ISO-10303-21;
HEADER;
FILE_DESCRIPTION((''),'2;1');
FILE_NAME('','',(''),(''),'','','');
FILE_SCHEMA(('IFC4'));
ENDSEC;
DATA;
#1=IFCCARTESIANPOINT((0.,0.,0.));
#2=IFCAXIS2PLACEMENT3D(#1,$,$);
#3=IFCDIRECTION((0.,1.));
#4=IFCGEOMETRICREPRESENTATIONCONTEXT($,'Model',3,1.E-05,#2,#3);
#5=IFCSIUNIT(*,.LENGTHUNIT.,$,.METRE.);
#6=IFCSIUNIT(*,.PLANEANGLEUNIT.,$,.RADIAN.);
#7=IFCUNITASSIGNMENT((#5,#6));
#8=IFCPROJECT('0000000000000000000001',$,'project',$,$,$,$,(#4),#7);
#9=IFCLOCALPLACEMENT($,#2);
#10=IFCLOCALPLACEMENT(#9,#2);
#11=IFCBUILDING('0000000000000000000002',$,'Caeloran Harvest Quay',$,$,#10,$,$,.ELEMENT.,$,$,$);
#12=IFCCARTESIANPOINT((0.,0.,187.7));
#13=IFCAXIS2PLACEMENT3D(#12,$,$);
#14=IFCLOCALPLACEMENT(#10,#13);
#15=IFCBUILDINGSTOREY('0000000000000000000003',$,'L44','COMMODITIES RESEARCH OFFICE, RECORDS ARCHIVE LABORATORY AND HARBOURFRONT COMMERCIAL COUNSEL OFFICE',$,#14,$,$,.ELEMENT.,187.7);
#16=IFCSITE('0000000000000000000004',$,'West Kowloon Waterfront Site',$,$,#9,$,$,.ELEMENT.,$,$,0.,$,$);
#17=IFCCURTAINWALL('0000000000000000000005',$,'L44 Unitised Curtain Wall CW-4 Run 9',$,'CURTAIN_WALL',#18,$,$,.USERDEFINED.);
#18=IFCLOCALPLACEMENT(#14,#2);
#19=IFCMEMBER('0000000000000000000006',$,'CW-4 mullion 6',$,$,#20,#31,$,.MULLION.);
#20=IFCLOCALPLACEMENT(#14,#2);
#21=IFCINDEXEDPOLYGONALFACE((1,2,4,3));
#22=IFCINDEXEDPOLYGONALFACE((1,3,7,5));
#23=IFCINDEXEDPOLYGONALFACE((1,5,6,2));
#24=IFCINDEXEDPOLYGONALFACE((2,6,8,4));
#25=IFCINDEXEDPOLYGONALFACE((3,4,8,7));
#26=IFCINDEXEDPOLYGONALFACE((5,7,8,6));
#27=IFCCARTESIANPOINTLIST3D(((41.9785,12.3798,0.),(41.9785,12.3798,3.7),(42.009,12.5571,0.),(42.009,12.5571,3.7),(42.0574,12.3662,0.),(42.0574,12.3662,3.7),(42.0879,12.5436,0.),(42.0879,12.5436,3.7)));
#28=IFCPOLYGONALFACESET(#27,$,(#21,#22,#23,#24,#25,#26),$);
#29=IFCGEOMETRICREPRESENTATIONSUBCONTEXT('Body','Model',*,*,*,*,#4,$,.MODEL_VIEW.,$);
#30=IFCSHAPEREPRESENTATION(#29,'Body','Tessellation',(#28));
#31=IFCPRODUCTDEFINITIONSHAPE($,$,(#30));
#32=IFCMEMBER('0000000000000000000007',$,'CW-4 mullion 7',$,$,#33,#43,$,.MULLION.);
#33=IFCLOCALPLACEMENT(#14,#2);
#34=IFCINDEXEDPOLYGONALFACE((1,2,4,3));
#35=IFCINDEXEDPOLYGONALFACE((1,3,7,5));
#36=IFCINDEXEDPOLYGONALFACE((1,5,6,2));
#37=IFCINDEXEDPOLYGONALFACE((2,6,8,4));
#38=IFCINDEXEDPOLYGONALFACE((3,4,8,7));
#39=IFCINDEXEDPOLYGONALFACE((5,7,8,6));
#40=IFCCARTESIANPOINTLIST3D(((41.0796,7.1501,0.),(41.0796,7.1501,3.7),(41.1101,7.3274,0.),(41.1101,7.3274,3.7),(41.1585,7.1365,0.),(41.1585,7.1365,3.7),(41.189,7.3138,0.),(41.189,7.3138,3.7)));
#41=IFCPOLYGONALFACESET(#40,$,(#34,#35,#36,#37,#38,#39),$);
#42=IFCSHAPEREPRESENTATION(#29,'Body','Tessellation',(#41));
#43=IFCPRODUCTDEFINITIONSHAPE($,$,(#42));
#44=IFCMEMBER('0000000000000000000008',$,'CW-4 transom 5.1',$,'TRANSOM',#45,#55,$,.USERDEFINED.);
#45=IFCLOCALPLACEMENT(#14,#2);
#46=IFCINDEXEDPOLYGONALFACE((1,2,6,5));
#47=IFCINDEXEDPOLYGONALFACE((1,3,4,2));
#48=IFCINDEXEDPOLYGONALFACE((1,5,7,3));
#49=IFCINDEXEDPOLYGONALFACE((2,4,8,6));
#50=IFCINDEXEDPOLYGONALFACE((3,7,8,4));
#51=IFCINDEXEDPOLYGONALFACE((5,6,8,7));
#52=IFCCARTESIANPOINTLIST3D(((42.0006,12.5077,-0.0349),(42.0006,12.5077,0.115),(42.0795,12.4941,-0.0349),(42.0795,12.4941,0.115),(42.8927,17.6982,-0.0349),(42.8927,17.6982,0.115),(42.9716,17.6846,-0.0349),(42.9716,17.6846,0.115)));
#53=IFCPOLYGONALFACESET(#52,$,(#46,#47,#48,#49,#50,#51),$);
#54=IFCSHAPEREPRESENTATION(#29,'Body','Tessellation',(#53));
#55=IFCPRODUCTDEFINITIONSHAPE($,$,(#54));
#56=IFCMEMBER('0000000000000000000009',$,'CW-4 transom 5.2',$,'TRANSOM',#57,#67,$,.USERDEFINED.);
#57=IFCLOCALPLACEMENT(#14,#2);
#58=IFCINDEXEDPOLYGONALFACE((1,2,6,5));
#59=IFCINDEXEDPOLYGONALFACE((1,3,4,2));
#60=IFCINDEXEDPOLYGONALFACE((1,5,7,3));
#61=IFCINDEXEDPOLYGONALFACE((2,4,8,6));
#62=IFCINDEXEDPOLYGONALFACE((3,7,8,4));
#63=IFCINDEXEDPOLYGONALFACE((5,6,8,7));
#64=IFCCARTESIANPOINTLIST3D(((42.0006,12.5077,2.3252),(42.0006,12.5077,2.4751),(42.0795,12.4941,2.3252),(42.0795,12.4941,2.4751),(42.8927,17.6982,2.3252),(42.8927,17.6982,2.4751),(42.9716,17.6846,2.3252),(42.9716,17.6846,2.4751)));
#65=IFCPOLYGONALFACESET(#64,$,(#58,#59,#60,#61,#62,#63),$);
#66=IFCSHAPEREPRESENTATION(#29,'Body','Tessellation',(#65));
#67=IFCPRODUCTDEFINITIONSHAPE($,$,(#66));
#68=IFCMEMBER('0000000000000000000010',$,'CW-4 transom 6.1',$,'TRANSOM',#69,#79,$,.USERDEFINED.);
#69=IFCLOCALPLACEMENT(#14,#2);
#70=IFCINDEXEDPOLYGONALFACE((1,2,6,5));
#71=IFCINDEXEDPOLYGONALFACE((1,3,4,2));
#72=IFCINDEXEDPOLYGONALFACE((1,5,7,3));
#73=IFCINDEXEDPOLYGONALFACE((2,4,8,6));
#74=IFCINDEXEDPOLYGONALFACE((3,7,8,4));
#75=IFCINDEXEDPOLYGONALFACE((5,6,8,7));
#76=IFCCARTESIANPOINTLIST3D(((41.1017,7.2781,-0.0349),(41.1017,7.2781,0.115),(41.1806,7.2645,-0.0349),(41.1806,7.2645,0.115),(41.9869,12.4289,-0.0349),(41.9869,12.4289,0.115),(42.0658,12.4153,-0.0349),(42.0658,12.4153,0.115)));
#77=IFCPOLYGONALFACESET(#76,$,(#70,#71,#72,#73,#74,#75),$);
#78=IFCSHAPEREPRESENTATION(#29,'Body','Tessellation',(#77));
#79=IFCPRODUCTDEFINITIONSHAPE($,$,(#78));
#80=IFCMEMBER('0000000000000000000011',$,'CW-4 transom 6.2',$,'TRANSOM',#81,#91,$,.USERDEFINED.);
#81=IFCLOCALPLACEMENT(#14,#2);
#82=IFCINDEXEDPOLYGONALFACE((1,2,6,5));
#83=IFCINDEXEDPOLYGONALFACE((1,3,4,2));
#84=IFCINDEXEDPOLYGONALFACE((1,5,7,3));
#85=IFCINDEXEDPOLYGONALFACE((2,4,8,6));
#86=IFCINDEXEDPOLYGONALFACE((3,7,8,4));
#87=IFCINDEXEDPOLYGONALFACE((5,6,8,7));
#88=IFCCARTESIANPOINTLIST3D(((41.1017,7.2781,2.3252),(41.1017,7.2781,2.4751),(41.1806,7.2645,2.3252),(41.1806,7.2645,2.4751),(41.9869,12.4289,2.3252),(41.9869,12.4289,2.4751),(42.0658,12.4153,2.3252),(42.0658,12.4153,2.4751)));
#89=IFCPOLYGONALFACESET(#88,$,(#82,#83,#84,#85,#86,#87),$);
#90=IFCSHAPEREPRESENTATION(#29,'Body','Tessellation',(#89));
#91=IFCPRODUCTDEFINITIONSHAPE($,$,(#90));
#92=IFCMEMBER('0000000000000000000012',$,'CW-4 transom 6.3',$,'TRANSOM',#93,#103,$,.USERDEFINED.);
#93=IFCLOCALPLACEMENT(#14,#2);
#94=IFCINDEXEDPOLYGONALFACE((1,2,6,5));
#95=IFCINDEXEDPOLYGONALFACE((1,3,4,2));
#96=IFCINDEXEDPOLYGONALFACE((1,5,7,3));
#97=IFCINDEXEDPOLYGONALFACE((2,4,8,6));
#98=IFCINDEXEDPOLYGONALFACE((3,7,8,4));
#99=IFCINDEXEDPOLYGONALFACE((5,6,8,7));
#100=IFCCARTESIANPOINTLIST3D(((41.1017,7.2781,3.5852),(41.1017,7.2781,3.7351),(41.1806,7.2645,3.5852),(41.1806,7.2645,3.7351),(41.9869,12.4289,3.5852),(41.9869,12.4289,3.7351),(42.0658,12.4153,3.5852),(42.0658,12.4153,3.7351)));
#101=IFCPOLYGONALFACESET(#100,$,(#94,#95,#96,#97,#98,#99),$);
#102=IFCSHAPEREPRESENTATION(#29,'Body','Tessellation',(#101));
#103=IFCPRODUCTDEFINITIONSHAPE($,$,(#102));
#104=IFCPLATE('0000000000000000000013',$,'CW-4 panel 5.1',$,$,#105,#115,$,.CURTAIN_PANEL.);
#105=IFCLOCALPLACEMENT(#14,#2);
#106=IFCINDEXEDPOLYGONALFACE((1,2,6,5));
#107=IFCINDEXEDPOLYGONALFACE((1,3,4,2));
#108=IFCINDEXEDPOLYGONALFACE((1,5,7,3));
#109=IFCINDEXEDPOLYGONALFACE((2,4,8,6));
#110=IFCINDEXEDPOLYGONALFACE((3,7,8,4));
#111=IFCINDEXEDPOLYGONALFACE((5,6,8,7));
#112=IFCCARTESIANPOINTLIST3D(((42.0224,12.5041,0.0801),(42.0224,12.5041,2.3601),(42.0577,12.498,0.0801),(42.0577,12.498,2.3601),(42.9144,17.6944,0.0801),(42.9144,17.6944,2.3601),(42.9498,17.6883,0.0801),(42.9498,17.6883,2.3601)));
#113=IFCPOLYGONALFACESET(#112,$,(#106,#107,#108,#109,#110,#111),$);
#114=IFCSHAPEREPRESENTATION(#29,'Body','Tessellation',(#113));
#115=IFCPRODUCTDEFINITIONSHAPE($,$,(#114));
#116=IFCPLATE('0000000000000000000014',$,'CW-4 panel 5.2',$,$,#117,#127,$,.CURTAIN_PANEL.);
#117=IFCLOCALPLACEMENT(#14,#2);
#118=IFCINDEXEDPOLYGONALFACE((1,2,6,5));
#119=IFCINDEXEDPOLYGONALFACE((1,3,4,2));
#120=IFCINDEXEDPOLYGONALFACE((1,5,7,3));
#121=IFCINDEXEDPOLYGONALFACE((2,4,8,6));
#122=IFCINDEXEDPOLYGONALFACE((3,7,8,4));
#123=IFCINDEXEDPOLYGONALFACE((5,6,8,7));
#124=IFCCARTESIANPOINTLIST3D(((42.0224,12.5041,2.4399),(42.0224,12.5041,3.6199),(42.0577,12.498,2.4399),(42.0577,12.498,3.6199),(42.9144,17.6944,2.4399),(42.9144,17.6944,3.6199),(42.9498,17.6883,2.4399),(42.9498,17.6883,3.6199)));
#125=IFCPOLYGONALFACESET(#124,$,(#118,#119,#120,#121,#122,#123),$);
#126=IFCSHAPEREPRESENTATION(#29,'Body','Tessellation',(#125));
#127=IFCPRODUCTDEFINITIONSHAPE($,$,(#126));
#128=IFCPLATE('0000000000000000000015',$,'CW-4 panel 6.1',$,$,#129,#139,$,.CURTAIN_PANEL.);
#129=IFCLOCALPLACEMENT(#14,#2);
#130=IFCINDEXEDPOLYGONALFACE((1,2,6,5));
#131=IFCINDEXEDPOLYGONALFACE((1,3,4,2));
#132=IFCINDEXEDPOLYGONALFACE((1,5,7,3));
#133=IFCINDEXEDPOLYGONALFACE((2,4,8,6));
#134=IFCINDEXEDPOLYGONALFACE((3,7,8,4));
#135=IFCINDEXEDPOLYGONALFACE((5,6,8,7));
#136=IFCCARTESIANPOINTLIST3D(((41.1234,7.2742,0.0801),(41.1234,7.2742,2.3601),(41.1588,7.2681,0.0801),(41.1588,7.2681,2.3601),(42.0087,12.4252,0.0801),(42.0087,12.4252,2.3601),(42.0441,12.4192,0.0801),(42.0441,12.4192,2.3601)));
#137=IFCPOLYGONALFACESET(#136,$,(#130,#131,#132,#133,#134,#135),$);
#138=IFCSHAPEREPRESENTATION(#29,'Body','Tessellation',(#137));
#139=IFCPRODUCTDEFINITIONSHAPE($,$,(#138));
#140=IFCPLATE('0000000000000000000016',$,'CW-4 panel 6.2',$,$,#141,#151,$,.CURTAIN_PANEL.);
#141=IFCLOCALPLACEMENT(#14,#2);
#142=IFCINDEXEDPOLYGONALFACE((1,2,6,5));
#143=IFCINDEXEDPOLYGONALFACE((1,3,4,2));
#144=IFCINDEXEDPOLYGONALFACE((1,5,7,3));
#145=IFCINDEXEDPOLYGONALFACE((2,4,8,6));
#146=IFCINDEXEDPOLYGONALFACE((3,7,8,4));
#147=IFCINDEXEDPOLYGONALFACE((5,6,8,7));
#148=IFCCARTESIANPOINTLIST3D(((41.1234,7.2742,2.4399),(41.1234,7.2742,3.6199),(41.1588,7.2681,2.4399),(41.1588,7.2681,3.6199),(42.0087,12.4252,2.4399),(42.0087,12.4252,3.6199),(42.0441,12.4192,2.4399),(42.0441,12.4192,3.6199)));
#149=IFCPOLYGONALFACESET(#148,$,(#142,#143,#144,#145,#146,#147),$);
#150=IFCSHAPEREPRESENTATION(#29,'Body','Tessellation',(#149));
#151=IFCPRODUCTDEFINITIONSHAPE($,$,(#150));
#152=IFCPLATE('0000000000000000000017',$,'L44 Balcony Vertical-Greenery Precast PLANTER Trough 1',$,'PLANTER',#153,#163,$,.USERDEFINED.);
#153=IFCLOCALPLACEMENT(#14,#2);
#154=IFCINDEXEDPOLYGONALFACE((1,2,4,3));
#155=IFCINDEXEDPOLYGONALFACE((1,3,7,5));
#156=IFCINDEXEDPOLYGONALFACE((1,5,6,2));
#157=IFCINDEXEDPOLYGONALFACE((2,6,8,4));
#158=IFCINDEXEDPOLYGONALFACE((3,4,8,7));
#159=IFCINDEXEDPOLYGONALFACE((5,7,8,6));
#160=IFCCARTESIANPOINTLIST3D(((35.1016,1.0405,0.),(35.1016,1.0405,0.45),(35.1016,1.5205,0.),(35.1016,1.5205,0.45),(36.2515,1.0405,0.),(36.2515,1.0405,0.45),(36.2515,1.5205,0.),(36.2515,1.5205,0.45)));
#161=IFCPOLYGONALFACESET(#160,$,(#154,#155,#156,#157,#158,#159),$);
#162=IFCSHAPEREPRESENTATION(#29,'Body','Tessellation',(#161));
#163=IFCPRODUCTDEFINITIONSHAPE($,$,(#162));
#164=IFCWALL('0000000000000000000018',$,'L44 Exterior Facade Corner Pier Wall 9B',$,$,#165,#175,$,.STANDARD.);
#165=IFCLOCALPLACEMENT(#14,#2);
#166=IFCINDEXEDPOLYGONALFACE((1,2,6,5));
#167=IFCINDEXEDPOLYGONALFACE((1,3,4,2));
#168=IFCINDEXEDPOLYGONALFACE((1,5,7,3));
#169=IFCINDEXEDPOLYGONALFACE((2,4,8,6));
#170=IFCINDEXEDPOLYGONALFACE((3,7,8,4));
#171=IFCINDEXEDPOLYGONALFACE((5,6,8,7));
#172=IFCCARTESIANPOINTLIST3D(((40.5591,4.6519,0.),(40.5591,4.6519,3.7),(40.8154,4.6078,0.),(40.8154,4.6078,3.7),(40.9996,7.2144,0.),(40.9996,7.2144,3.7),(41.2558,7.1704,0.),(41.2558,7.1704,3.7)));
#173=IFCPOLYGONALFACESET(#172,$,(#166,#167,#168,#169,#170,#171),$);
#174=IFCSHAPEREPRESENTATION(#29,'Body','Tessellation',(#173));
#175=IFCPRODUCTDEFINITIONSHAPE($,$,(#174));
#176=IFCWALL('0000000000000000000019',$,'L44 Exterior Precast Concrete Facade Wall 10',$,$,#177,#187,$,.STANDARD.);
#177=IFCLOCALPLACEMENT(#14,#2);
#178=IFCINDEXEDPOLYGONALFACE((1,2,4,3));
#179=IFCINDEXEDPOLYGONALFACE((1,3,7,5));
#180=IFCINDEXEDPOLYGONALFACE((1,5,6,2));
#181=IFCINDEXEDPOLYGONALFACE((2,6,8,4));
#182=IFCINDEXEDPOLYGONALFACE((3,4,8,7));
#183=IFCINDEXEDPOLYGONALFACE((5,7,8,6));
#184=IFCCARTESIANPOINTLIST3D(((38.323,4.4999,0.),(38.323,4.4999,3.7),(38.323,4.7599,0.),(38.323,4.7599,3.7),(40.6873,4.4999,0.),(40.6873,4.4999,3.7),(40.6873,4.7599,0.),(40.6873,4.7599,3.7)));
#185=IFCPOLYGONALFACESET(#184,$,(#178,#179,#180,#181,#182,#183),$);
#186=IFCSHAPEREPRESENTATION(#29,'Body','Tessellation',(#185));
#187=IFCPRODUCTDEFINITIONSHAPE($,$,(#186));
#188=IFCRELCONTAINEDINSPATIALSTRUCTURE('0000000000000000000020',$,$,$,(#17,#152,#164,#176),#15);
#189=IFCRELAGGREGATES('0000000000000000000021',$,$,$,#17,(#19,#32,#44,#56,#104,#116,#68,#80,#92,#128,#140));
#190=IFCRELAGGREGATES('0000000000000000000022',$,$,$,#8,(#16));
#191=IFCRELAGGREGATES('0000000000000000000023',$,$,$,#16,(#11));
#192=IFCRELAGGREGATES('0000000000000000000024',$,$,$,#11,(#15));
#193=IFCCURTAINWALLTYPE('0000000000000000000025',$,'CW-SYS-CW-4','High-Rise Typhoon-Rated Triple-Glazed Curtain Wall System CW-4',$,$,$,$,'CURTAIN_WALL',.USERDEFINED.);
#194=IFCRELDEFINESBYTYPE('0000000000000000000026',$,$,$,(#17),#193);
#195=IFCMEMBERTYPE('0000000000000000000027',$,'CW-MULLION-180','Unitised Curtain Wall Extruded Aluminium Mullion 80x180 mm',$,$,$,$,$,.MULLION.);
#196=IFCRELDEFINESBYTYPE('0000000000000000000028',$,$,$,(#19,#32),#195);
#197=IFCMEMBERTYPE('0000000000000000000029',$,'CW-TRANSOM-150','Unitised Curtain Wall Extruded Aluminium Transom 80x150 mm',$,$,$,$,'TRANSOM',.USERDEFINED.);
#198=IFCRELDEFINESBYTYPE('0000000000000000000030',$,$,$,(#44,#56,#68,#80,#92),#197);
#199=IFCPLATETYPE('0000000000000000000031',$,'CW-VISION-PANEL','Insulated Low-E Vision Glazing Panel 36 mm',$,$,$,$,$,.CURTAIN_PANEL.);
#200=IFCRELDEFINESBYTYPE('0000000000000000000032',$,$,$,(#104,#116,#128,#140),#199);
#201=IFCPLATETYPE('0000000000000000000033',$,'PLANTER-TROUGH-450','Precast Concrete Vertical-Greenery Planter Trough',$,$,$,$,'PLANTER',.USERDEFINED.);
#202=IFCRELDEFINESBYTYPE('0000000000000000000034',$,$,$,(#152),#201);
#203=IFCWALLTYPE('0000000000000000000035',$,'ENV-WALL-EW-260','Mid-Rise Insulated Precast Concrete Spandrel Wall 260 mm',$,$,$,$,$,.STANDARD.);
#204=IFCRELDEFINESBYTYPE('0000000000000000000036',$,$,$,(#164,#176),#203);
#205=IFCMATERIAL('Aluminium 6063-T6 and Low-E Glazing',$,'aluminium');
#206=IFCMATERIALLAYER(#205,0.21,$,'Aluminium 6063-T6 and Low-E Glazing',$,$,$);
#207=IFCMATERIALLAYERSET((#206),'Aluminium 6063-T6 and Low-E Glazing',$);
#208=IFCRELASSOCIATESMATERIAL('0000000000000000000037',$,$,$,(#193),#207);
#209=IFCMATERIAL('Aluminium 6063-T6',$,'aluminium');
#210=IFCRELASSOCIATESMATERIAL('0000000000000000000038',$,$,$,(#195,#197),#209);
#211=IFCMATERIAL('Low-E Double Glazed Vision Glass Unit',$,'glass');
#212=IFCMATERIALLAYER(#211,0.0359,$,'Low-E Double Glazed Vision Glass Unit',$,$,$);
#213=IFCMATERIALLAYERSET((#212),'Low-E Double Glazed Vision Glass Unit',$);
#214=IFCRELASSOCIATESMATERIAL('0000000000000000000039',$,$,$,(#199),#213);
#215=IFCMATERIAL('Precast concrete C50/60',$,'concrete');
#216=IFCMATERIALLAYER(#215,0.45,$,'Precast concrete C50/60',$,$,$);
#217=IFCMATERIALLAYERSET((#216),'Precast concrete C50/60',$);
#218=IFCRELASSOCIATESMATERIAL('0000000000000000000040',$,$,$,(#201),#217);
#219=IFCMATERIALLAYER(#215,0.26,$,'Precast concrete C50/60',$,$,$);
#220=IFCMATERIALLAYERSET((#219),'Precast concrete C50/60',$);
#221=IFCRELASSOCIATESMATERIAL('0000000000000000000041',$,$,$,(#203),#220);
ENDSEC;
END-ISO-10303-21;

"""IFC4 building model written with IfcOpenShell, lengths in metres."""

from ifc_helpers import new_model, si_unit, direction, frame, frame_2d, origin, origin_2d, place, context, subcontext, project, spatial, rectangle, extrude, material, layer, layer_set, material_profile, profile_set, type_object, element, aggregate, save


model = new_model("IFC4")

# Units and contexts
model_context = context("Model", 3, precision=1e-05, world=origin(), true_north=direction((0.0, 1.0)))
body_context = subcontext(model_context, "Body", "Model", "MODEL_VIEW")
ifc_project = project(units=[si_unit("LENGTHUNIT", "METRE"), si_unit("PLANEANGLEUNIT", "RADIAN")], contexts=[model_context])

# Site, building, storey
site_placement = place(None, origin())
site = spatial("IfcSite", under=ifc_project, at=site_placement, Name="West Kowloon Waterfront Site", CompositionType="ELEMENT", RefElevation=0.0)
building_placement = place(site_placement, origin())
building = spatial("IfcBuilding", under=site, at=building_placement, Name="Caeloran Harvest Quay", CompositionType="ELEMENT")
storey_placement = place(building_placement, frame((0.0, 0.0, 187.7)))
storey = spatial("IfcBuildingStorey", under=building, at=storey_placement, Name="L44", Description="COMMODITIES RESEARCH OFFICE, RECORDS ARCHIVE LABORATORY AND HARBOURFRONT COMMERCIAL COUNSEL OFFICE", CompositionType="ELEMENT", Elevation=187.7)

# Curtain wall, members, plates
ifc_material_1 = material(Name="Aluminium 6063-T6 and Low-E Glazing", Category="aluminium")
ifc_layer_1 = layer(ifc_material_1, 0.21, Name="Aluminium 6063-T6 and Low-E Glazing")
ifc_layer_set_1 = layer_set([ifc_layer_1], Name="Aluminium 6063-T6 and Low-E Glazing")
curtain_wall_type = type_object("IfcCurtainWallType", Name="CW-SYS-CW-4", Description="High-Rise Typhoon-Rated Triple-Glazed Curtain Wall System CW-4", ElementType="CURTAIN_WALL", PredefinedType="USERDEFINED", material=ifc_layer_set_1)
curtain_wall_placement = place(storey_placement, origin())
curtain_wall = element("IfcCurtainWall", 1, at=curtain_wall_placement, inside=storey, type_object=curtain_wall_type, Name="L44 Unitised Curtain Wall CW-4 Run 9", ObjectType="CURTAIN_WALL", PredefinedType="USERDEFINED")
ifc_material_2 = material(Name="Aluminium 6063-T6", Category="aluminium")
ifc_material_profile_1 = material_profile(ifc_material_2, rectangle(XDim=0.0801, YDim=0.1799, at=origin_2d()), Name="CW-MULLION-180")
ifc_profile_set_1 = profile_set([ifc_material_profile_1], Name="Aluminium 6063-T6")
member_type_1 = type_object("IfcMemberType", Name="CW-MULLION-180", Description="Unitised Curtain Wall Extruded Aluminium Mullion 80x180 mm", PredefinedType="MULLION", material=ifc_profile_set_1)
member_1_placement = place(storey_placement, frame((42.0332, 12.4617, 0.0), z_axis=(0.0, 0.0, 1.0), x_axis=(0.985549, -0.169392, 0.0)))
member_1 = element("IfcMember", 2, at=member_1_placement, type_object=member_type_1, Name="CW-4 mullion 6", PredefinedType="MULLION", context=body_context, shape_type="SweptSolid", body=[
    extrude(rectangle(XDim=0.0801, YDim=0.1799, at=origin_2d()), origin(), (0.0, 0.0, 1.0), 3.7),
])
member_2_placement = place(storey_placement, frame((41.1343, 7.2319, 0.0), z_axis=(0.0, 0.0, 1.0), x_axis=(0.985549, -0.169392, 0.0)))
member_2 = element("IfcMember", 3, at=member_2_placement, type_object=member_type_1, Name="CW-4 mullion 7", PredefinedType="MULLION", context=body_context, shape_type="SweptSolid", body=[
    extrude(rectangle(XDim=0.0801, YDim=0.1799, at=origin_2d()), origin(), (0.0, 0.0, 1.0), 3.7),
])
ifc_material_profile_2 = material_profile(ifc_material_2, rectangle(XDim=0.0801, YDim=0.1499, at=origin_2d()), Name="CW-TRANSOM-150")
ifc_profile_set_2 = profile_set([ifc_material_profile_2], Name="Aluminium 6063-T6")
member_type_2 = type_object("IfcMemberType", Name="CW-TRANSOM-150", Description="Unitised Curtain Wall Extruded Aluminium Transom 80x150 mm", ElementType="TRANSOM", PredefinedType="USERDEFINED", material=ifc_profile_set_2)
member_3_placement = place(storey_placement, frame((42.9321, 17.6914, 0.04), z_axis=(-0.169388, -0.985549, 0.0), x_axis=(0.985549, -0.169388, 0.0)))
member_3 = element("IfcMember", 4, at=member_3_placement, type_object=member_type_2, Name="CW-4 transom 5.1", ObjectType="TRANSOM", PredefinedType="USERDEFINED", context=body_context, shape_type="SweptSolid", body=[
    extrude(rectangle(XDim=0.0801, YDim=0.1499, at=origin_2d()), origin(), (0.0, 0.0, 1.0), 5.2666),
])
member_4_placement = place(storey_placement, frame((42.9321, 17.6914, 2.4001), z_axis=(-0.169388, -0.985549, 0.0), x_axis=(0.985549, -0.169388, 0.0)))
member_4 = element("IfcMember", 5, at=member_4_placement, type_object=member_type_2, Name="CW-4 transom 5.2", ObjectType="TRANSOM", PredefinedType="USERDEFINED", context=body_context, shape_type="SweptSolid", body=[
    extrude(rectangle(XDim=0.0801, YDim=0.1499, at=origin_2d()), origin(), (0.0, 0.0, 1.0), 5.2666),
])
member_5_placement = place(storey_placement, frame((42.0264, 12.4221, 0.04), z_axis=(-0.169381, -0.985551, 0.0), x_axis=(0.985551, -0.169381, 0.0)))
member_5 = element("IfcMember", 6, at=member_5_placement, type_object=member_type_2, Name="CW-4 transom 6.1", ObjectType="TRANSOM", PredefinedType="USERDEFINED", context=body_context, shape_type="SweptSolid", body=[
    extrude(rectangle(XDim=0.0801, YDim=0.1499, at=origin_2d()), origin(), (0.0, 0.0, 1.0), 5.2263),
])
member_6_placement = place(storey_placement, frame((42.0264, 12.4221, 2.4001), z_axis=(-0.169381, -0.985551, 0.0), x_axis=(0.985551, -0.169381, 0.0)))
member_6 = element("IfcMember", 7, at=member_6_placement, type_object=member_type_2, Name="CW-4 transom 6.2", ObjectType="TRANSOM", PredefinedType="USERDEFINED", context=body_context, shape_type="SweptSolid", body=[
    extrude(rectangle(XDim=0.0801, YDim=0.1499, at=origin_2d()), origin(), (0.0, 0.0, 1.0), 5.2263),
])
member_7_placement = place(storey_placement, frame((42.0264, 12.4221, 3.6602), z_axis=(-0.169381, -0.985551, 0.0), x_axis=(0.985551, -0.169381, 0.0)))
member_7 = element("IfcMember", 8, at=member_7_placement, type_object=member_type_2, Name="CW-4 transom 6.3", ObjectType="TRANSOM", PredefinedType="USERDEFINED", context=body_context, shape_type="SweptSolid", body=[
    extrude(rectangle(XDim=0.0801, YDim=0.1499, at=origin_2d()), origin(), (0.0, 0.0, 1.0), 5.2263),
])
ifc_material_3 = material(Name="Low-E Double Glazed Vision Glass Unit", Category="glass")
ifc_layer_2 = layer(ifc_material_3, 0.0359, Name="Low-E Double Glazed Vision Glass Unit")
ifc_layer_set_2 = layer_set([ifc_layer_2], Name="Low-E Double Glazed Vision Glass Unit")
plate_type_1 = type_object("IfcPlateType", Name="CW-VISION-PANEL", Description="Insulated Low-E Vision Glazing Panel 36 mm", PredefinedType="CURTAIN_PANEL", material=ifc_layer_set_2)
plate_1_placement = place(storey_placement, frame((42.4861, 15.0962, 0.0801), z_axis=(0.0, 0.0, 1.0), x_axis=(-0.169392, -0.985549, 0.0)))
plate_1 = element("IfcPlate", 9, at=plate_1_placement, type_object=plate_type_1, Name="CW-4 panel 5.1", PredefinedType="CURTAIN_PANEL", context=body_context, shape_type="SweptSolid", body=[
    extrude(rectangle(XDim=5.2664, YDim=0.0359, at=origin_2d()), origin(), (0.0, 0.0, 1.0), 2.28),
])
plate_2_placement = place(storey_placement, frame((42.4861, 15.0962, 2.4399), z_axis=(0.0, 0.0, 1.0), x_axis=(-0.169392, -0.985549, 0.0)))
plate_2 = element("IfcPlate", 10, at=plate_2_placement, type_object=plate_type_1, Name="CW-4 panel 5.2", PredefinedType="CURTAIN_PANEL", context=body_context, shape_type="SweptSolid", body=[
    extrude(rectangle(XDim=5.2664, YDim=0.0359, at=origin_2d()), origin(), (0.0, 0.0, 1.0), 1.1799),
])
plate_3_placement = place(storey_placement, frame((41.5837, 9.8467, 0.0801), z_axis=(0.0, 0.0, 1.0), x_axis=(-0.169392, -0.985549, 0.0)))
plate_3 = element("IfcPlate", 11, at=plate_3_placement, type_object=plate_type_1, Name="CW-4 panel 6.1", PredefinedType="CURTAIN_PANEL", context=body_context, shape_type="SweptSolid", body=[
    extrude(rectangle(XDim=5.2266, YDim=0.0359, at=origin_2d()), origin(), (0.0, 0.0, 1.0), 2.28),
])
plate_4_placement = place(storey_placement, frame((41.5837, 9.8467, 2.4399), z_axis=(0.0, 0.0, 1.0), x_axis=(-0.169392, -0.985549, 0.0)))
plate_4 = element("IfcPlate", 12, at=plate_4_placement, type_object=plate_type_1, Name="CW-4 panel 6.2", PredefinedType="CURTAIN_PANEL", context=body_context, shape_type="SweptSolid", body=[
    extrude(rectangle(XDim=5.2266, YDim=0.0359, at=origin_2d()), origin(), (0.0, 0.0, 1.0), 1.1799),
])
aggregate(curtain_wall, [member_1, member_2, member_3, member_4, plate_1, plate_2, member_5, member_6, member_7, plate_3, plate_4])

# Plate
ifc_material_4 = material(Name="Precast concrete C50/60", Category="concrete")
ifc_layer_3 = layer(ifc_material_4, 0.45, Name="Precast concrete C50/60")
ifc_layer_set_3 = layer_set([ifc_layer_3], Name="Precast concrete C50/60")
plate_type_2 = type_object("IfcPlateType", Name="PLANTER-TROUGH-450", Description="Precast Concrete Vertical-Greenery Planter Trough", ElementType="PLANTER", PredefinedType="USERDEFINED", material=ifc_layer_set_3)
plate_5_placement = place(storey_placement, frame((35.6765, 1.2805, 0.0), z_axis=(0.0, 0.0, 1.0), x_axis=(1.0, 0.0, 0.0)))
element("IfcPlate", 13, at=plate_5_placement, inside=storey, type_object=plate_type_2, Name="L44 Balcony Vertical-Greenery Precast PLANTER Trough 1", ObjectType="PLANTER", PredefinedType="USERDEFINED", context=body_context, shape_type="SweptSolid", body=[
    extrude(rectangle(XDim=1.1499, YDim=0.48, at=origin_2d()), origin(), (0.0, 0.0, 1.0), 0.45),
])

# Walls
ifc_layer_4 = layer(ifc_material_4, 0.26, Name="Precast concrete C50/60")
ifc_layer_set_4 = layer_set([ifc_layer_4], Name="Precast concrete C50/60")
wall_type = type_object("IfcWallType", Name="ENV-WALL-EW-260", Description="Mid-Rise Insulated Precast Concrete Spandrel Wall 260 mm", PredefinedType="STANDARD", material=ifc_layer_set_4)
wall_1_placement = place(storey_placement, frame((41.1277, 7.1924, 0.0), z_axis=(0.0, 0.0, 1.0), x_axis=(-0.169391, -0.985549, 0.0)))
element("IfcWall", 14, at=wall_1_placement, inside=storey, type_object=wall_type, Name="L44 Exterior Facade Corner Pier Wall 9B", PredefinedType="STANDARD", context=body_context, shape_type="SweptSolid", body=[
    extrude(rectangle(XDim=2.6001, YDim=0.26, at=frame_2d((1.3, 0.0))), origin(), (0.0, 0.0, 1.0), 3.7),
])
wall_2_placement = place(storey_placement, frame((40.6873, 4.6299, 0.0), z_axis=(0.0, 0.0, 1.0), x_axis=(-1.0, 0.0, 0.0)))
element("IfcWall", 15, at=wall_2_placement, inside=storey, type_object=wall_type, Name="L44 Exterior Precast Concrete Facade Wall 10", PredefinedType="STANDARD", context=body_context, shape_type="SweptSolid", body=[
    extrude(rectangle(XDim=2.3643, YDim=0.26, at=frame_2d((1.1821, 0.0))), origin(), (0.0, 0.0, 1.0), 3.7),
])

save(model, "model.ifc")
